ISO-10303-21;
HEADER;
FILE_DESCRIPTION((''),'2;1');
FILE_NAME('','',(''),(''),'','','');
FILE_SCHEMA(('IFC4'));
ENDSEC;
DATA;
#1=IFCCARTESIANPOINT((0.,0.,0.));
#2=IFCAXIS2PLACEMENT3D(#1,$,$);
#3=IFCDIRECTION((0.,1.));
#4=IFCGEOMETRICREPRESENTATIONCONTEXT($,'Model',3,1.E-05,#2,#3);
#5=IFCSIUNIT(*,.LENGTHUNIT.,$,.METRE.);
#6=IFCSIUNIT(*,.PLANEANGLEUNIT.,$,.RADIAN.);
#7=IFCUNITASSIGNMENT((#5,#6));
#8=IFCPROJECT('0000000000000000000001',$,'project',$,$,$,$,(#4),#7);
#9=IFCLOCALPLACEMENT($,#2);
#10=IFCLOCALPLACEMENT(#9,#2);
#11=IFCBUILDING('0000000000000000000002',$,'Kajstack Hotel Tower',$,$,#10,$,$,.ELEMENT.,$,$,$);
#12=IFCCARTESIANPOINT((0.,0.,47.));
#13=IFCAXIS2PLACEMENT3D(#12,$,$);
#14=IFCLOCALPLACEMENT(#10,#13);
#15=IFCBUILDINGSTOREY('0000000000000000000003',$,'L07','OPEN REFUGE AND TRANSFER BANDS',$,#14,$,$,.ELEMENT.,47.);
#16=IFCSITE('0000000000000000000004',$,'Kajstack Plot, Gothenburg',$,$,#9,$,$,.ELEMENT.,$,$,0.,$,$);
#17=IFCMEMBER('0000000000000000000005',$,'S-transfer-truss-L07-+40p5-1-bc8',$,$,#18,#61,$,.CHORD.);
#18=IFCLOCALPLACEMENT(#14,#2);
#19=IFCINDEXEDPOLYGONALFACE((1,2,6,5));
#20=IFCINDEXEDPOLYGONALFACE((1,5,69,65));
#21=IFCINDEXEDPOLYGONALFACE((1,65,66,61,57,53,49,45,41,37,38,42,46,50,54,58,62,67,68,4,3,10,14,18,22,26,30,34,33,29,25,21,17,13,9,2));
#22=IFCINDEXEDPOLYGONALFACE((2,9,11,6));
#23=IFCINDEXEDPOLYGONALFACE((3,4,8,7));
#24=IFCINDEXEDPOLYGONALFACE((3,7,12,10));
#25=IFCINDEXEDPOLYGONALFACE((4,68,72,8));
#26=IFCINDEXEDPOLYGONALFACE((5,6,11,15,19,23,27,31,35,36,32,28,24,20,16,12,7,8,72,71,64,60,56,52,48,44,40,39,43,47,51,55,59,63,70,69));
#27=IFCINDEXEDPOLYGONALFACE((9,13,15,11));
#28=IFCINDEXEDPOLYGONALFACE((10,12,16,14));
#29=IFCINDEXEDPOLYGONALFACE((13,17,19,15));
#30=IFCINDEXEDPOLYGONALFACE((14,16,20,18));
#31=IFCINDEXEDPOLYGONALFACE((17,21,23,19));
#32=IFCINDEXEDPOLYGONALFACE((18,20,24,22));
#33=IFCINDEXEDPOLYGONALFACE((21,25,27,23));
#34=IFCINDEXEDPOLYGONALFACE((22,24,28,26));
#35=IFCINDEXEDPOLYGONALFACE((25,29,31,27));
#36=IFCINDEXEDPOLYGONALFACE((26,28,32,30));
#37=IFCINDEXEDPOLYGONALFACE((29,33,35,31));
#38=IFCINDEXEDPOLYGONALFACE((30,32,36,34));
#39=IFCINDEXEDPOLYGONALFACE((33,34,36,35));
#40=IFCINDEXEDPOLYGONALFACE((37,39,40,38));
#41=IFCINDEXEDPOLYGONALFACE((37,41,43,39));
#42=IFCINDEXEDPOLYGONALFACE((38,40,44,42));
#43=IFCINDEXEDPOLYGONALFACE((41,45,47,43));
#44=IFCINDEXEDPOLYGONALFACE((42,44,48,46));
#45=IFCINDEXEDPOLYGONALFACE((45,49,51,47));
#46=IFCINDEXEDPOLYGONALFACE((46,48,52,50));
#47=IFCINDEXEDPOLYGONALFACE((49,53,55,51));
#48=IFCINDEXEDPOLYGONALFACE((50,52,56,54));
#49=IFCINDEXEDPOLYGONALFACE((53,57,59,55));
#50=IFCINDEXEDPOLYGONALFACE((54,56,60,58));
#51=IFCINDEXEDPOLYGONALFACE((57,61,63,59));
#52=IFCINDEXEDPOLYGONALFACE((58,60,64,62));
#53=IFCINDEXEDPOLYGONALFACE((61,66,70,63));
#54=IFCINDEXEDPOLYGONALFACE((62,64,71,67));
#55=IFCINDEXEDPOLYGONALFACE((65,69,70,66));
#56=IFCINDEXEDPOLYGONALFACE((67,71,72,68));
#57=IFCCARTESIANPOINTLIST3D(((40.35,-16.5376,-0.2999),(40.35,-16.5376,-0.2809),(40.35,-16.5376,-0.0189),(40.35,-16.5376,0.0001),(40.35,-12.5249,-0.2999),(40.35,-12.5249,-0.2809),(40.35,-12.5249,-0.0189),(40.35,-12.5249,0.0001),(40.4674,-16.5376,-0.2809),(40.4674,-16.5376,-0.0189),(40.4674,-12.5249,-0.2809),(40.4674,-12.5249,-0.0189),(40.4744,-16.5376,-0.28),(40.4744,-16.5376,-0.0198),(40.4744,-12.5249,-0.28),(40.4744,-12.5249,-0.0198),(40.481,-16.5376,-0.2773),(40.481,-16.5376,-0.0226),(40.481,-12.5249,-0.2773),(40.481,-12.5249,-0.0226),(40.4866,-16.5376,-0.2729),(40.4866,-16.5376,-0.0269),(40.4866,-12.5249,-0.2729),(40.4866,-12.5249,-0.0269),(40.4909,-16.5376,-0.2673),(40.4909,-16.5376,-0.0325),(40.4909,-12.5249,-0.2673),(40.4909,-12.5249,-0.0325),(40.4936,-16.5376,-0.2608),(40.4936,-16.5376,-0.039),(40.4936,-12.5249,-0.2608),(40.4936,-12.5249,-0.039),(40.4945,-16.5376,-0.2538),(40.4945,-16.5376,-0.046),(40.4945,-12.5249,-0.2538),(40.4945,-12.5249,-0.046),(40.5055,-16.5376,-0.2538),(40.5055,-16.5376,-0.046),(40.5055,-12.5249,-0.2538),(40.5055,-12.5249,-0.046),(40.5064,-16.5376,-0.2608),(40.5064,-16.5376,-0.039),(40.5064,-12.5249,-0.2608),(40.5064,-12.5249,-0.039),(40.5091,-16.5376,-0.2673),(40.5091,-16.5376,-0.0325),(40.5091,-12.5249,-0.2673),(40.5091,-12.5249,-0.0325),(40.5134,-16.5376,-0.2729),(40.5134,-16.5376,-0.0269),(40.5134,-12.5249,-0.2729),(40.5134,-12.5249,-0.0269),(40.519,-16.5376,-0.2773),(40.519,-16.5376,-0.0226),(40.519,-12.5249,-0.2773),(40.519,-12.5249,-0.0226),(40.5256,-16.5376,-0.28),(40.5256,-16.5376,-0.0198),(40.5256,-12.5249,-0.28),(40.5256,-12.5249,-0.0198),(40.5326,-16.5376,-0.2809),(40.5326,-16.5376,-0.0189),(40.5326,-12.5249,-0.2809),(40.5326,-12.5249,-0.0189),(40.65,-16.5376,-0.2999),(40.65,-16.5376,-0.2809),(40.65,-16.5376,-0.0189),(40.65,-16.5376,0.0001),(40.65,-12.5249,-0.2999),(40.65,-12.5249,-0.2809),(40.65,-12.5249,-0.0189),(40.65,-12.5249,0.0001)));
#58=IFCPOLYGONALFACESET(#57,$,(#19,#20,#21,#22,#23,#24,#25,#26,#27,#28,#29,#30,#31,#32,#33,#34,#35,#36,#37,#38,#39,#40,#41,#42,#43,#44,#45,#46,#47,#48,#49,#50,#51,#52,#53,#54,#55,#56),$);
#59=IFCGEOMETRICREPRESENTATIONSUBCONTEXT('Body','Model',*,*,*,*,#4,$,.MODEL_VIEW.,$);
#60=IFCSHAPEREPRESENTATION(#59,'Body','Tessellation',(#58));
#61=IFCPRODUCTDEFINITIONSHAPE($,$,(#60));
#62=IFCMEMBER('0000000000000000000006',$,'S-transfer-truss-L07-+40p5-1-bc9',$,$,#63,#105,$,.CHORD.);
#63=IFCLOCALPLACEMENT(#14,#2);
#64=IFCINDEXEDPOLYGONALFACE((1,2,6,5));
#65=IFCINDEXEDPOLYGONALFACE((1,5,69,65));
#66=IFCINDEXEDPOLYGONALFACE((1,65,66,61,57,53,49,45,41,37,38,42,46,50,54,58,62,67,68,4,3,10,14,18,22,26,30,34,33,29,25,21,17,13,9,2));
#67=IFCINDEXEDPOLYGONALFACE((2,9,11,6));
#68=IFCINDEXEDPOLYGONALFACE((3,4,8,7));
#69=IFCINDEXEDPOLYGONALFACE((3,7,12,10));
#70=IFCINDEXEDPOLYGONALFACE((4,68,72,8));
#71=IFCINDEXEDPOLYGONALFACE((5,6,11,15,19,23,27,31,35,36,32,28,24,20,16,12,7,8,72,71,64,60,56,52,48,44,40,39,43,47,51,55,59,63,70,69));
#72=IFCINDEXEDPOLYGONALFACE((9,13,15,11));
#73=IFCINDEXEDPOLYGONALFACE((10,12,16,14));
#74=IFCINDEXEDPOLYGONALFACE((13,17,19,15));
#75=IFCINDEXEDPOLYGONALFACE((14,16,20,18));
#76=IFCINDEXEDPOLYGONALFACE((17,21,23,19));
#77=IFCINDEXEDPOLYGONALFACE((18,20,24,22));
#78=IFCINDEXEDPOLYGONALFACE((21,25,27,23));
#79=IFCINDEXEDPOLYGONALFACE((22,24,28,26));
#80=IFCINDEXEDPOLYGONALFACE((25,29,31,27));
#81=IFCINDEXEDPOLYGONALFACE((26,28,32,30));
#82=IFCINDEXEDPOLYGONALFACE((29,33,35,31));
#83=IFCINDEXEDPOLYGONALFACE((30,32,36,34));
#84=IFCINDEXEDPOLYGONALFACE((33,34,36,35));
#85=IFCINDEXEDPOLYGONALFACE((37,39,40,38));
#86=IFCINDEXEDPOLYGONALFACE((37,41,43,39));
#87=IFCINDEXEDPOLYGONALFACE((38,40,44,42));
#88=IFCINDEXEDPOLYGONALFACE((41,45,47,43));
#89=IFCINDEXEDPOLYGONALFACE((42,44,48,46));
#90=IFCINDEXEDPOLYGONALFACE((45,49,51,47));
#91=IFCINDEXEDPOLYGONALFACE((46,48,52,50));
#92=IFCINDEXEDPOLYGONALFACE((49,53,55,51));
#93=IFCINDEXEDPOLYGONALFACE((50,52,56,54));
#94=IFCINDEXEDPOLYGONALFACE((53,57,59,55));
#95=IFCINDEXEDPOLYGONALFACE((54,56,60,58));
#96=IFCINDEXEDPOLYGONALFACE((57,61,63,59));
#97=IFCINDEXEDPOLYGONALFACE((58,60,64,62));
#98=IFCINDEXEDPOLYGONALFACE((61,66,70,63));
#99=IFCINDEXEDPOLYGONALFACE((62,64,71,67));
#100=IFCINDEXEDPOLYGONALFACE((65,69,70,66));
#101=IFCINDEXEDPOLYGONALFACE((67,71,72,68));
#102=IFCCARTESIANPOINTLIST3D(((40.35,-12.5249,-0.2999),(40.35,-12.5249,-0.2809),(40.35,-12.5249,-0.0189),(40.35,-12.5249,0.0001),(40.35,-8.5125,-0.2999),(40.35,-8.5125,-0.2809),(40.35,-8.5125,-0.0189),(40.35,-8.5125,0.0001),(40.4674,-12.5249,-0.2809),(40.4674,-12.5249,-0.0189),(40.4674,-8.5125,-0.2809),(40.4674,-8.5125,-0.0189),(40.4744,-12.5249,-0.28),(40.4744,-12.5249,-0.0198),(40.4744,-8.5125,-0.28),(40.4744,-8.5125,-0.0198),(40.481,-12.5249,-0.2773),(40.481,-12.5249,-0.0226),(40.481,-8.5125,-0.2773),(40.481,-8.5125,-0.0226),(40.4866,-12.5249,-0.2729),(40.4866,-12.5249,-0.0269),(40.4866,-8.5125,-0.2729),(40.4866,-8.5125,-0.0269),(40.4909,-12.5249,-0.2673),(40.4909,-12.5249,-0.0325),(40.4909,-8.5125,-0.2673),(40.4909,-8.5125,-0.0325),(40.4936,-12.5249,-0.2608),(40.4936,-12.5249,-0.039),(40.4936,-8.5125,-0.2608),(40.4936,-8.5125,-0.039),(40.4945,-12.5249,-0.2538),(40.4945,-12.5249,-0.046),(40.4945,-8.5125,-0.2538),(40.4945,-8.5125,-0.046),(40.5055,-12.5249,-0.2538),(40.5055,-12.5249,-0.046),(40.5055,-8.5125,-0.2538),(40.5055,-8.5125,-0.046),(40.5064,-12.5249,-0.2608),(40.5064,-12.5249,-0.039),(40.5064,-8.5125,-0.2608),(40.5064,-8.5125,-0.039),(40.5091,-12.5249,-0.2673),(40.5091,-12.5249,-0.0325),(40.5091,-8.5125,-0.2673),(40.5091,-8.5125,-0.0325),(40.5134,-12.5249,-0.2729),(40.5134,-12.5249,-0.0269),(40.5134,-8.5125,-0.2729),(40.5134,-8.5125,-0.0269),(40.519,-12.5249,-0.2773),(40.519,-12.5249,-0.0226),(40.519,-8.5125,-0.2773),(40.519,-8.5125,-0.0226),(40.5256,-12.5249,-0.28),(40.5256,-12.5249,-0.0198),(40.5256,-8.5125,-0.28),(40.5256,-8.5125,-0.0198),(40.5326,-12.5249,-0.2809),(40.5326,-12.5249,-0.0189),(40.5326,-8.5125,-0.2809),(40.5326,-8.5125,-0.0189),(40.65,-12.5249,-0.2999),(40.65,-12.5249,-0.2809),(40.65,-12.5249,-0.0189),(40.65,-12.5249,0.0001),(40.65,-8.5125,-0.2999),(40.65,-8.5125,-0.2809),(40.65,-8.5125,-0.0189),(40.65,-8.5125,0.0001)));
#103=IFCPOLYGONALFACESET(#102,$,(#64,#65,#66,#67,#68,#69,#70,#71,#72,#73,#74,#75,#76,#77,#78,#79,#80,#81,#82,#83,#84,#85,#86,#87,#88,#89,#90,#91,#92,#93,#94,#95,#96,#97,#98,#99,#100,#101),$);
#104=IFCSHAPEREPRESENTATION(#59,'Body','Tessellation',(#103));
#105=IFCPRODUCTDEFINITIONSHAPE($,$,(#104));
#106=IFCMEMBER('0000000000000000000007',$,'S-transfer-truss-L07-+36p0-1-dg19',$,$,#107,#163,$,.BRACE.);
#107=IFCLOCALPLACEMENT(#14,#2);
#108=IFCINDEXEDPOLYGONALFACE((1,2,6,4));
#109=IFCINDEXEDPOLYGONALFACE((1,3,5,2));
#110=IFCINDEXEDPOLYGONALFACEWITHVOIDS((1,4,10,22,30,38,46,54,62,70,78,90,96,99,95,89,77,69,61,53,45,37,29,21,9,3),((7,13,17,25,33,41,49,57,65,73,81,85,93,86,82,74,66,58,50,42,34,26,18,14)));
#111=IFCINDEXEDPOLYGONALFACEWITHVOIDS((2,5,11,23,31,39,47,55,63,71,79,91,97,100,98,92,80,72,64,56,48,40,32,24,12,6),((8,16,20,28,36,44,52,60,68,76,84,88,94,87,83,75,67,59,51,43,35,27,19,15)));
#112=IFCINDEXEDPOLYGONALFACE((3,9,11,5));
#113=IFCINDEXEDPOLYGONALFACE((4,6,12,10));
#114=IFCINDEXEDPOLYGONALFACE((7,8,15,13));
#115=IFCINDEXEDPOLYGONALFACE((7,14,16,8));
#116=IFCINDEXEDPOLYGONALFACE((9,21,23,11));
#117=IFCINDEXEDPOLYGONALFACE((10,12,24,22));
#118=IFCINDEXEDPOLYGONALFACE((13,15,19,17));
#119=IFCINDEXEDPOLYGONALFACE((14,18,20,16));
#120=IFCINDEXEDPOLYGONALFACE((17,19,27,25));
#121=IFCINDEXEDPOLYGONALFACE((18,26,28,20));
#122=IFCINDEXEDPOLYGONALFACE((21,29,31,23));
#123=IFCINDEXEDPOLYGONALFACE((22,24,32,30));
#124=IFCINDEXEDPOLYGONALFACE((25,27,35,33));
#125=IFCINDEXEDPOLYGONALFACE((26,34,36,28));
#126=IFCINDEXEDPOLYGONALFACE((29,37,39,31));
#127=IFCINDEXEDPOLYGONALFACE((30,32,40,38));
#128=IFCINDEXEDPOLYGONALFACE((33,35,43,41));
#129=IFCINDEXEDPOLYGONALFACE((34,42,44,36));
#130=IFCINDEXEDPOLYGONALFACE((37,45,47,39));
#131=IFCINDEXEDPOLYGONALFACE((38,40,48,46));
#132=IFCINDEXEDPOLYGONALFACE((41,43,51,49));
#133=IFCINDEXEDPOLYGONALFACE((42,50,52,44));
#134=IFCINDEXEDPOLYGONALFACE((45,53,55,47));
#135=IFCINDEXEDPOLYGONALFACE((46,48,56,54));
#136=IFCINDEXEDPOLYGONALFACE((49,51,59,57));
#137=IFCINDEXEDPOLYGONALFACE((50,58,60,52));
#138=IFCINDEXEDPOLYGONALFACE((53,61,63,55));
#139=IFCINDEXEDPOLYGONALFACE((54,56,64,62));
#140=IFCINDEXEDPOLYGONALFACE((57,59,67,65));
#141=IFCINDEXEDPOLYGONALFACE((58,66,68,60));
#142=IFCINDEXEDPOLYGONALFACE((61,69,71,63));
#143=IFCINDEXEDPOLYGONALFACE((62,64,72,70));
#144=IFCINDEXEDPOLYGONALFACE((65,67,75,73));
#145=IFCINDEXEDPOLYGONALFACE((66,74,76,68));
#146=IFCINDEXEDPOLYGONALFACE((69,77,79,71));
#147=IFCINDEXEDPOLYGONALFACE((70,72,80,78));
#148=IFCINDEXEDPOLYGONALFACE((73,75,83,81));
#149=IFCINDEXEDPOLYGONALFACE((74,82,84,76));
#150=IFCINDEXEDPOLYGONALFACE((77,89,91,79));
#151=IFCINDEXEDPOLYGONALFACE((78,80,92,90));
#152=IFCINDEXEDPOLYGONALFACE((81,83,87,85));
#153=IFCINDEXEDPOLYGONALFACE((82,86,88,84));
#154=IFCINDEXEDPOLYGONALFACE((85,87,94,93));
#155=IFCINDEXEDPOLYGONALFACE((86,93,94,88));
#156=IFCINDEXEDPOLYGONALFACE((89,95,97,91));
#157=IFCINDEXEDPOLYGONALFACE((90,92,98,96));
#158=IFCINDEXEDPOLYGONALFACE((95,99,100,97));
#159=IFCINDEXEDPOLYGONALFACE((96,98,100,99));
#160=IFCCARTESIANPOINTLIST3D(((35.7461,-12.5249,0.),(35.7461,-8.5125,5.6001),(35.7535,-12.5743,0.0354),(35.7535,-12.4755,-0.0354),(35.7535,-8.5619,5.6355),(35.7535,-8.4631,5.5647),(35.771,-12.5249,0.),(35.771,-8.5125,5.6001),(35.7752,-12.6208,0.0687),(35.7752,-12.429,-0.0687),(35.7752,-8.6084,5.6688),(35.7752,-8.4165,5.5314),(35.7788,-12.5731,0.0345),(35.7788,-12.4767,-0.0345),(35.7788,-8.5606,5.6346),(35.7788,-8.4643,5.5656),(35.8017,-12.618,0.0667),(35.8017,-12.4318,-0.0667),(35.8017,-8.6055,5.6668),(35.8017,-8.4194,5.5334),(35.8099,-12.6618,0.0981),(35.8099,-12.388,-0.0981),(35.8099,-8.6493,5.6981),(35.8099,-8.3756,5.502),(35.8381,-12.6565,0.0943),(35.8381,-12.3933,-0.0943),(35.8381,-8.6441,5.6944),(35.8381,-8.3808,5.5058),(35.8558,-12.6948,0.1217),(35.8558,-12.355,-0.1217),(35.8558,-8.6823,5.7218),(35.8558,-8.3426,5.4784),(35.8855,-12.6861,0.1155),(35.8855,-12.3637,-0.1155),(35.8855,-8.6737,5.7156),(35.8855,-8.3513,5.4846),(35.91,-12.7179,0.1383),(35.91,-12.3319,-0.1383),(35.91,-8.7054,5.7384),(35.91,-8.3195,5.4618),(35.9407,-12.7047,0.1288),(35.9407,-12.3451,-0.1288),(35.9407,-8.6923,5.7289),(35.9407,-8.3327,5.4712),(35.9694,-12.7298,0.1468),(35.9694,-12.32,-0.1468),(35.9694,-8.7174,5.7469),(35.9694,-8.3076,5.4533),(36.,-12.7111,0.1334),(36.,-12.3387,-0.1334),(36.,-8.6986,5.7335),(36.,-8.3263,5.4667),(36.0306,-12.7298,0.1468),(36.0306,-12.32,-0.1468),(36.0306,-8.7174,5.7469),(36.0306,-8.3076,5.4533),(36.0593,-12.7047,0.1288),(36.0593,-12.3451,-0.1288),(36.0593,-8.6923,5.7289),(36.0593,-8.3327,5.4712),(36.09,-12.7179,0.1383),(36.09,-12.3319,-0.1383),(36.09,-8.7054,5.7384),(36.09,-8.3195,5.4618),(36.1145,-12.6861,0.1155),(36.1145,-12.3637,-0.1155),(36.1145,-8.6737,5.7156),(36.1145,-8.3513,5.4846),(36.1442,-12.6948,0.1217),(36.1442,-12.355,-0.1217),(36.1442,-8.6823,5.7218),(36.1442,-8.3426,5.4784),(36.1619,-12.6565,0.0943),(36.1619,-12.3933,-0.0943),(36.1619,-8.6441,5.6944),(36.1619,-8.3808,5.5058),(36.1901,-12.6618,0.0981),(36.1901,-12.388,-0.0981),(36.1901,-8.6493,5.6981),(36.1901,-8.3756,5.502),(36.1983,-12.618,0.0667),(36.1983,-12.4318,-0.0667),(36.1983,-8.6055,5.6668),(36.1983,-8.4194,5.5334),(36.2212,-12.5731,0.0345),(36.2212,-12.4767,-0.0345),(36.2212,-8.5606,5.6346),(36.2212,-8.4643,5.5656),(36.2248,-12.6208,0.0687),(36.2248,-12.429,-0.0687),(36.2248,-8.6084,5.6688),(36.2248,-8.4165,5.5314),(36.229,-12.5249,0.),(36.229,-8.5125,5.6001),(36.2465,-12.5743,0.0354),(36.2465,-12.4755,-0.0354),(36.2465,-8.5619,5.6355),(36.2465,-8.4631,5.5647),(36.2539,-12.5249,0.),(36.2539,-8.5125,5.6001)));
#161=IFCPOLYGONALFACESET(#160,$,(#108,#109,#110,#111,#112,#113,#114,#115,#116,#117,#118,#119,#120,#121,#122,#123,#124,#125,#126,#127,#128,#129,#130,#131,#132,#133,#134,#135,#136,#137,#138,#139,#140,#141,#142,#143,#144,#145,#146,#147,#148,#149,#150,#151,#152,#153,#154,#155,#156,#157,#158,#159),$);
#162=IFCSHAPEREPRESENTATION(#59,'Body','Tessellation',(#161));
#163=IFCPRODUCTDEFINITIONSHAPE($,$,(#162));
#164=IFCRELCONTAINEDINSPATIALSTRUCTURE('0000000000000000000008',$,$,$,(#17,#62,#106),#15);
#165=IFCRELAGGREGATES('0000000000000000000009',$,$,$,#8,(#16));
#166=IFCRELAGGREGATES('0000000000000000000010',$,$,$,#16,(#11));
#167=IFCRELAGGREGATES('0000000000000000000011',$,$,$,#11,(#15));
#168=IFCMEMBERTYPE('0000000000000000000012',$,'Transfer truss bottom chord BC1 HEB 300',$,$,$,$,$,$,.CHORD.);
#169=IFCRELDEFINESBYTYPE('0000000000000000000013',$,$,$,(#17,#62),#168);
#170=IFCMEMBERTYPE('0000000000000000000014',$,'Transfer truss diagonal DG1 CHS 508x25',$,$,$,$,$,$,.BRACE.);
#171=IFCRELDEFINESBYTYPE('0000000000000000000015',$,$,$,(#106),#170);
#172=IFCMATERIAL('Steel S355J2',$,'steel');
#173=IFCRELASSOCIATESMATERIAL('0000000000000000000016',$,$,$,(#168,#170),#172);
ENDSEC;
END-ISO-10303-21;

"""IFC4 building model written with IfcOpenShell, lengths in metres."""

from ifc_helpers import new_model, si_unit, direction, frame, origin, origin_2d, place, context, subcontext, project, spatial, hollow_circle, i_section, extrude, material, material_profile, profile_set, type_object, element, save


model = new_model("IFC4")

# Units and contexts
model_context = context("Model", 3, precision=1e-05, world=origin(), true_north=direction((0.0, 1.0)))
body_context = subcontext(model_context, "Body", "Model", "MODEL_VIEW")
ifc_project = project(units=[si_unit("LENGTHUNIT", "METRE"), si_unit("PLANEANGLEUNIT", "RADIAN")], contexts=[model_context])

# Site, building, storey
site_placement = place(None, origin())
site = spatial("IfcSite", under=ifc_project, at=site_placement, Name="Kajstack Plot, Gothenburg", CompositionType="ELEMENT", RefElevation=0.0)
building_placement = place(site_placement, origin())
building = spatial("IfcBuilding", under=site, at=building_placement, Name="Kajstack Hotel Tower", CompositionType="ELEMENT")
storey_placement = place(building_placement, frame((0.0, 0.0, 47.0)))
storey = spatial("IfcBuildingStorey", under=building, at=storey_placement, Name="L07", Description="OPEN REFUGE AND TRANSFER BANDS", CompositionType="ELEMENT", Elevation=47.0)

# Members
ifc_material_1 = material(Name="Steel S355J2", Category="steel")
ifc_material_profile_1 = material_profile(ifc_material_1, i_section(OverallWidth=0.3, OverallDepth=0.3, WebThickness=0.011, FlangeThickness=0.019, FilletRadius=0.0271, at=origin_2d()), Name="HEB 300")
ifc_profile_set_1 = profile_set([ifc_material_profile_1], Name="Steel S355J2")
member_type_1 = type_object("IfcMemberType", Name="Transfer truss bottom chord BC1 HEB 300", PredefinedType="CHORD", material=ifc_profile_set_1)
member_1_placement = place(storey_placement, frame((40.5, -16.5376, -0.1499), z_axis=(0.0, 1.0, 0.0), x_axis=(-1.0, 0.0, 0.0)))
element("IfcMember", 1, at=member_1_placement, inside=storey, type_object=member_type_1, Name="S-transfer-truss-L07-+40p5-1-bc8", PredefinedType="CHORD", context=body_context, shape_type="SweptSolid", body=[
    extrude(i_section(OverallWidth=0.3, OverallDepth=0.3, WebThickness=0.011, FlangeThickness=0.019, FilletRadius=0.0271, at=origin_2d()), origin(), (0.0, 0.0, 1.0), 4.0127),
])
member_2_placement = place(storey_placement, frame((40.5, -12.5249, -0.1499), z_axis=(0.0, 1.0, 0.0), x_axis=(-1.0, 0.0, 0.0)))
element("IfcMember", 2, at=member_2_placement, inside=storey, type_object=member_type_1, Name="S-transfer-truss-L07-+40p5-1-bc9", PredefinedType="CHORD", context=body_context, shape_type="SweptSolid", body=[
    extrude(i_section(OverallWidth=0.3, OverallDepth=0.3, WebThickness=0.011, FlangeThickness=0.019, FilletRadius=0.0271, at=origin_2d()), origin(), (0.0, 0.0, 1.0), 4.0125),
])
ifc_material_profile_2 = material_profile(ifc_material_1, hollow_circle(Radius=0.2539, WallThickness=0.0249, at=origin_2d()), Name="CHS 508x25")
ifc_profile_set_2 = profile_set([ifc_material_profile_2], Name="Steel S355J2")
member_type_2 = type_object("IfcMemberType", Name="Transfer truss diagonal DG1 CHS 508x25", PredefinedType="BRACE", material=ifc_profile_set_2)
member_3_placement = place(storey_placement, frame((36.0, -12.5249, 0.0), z_axis=(0.0, 0.582428, 0.812883), x_axis=(-1.0, 0.0, 0.0)))
element("IfcMember", 3, at=member_3_placement, inside=storey, type_object=member_type_2, Name="S-transfer-truss-L07-+36p0-1-dg19", PredefinedType="BRACE", context=body_context, shape_type="SweptSolid", body=[
    extrude(hollow_circle(Radius=0.2539, WallThickness=0.0249, at=origin_2d()), origin(), (0.0, 0.0, 1.0), 6.8892),
])

save(model, "model.ifc")
